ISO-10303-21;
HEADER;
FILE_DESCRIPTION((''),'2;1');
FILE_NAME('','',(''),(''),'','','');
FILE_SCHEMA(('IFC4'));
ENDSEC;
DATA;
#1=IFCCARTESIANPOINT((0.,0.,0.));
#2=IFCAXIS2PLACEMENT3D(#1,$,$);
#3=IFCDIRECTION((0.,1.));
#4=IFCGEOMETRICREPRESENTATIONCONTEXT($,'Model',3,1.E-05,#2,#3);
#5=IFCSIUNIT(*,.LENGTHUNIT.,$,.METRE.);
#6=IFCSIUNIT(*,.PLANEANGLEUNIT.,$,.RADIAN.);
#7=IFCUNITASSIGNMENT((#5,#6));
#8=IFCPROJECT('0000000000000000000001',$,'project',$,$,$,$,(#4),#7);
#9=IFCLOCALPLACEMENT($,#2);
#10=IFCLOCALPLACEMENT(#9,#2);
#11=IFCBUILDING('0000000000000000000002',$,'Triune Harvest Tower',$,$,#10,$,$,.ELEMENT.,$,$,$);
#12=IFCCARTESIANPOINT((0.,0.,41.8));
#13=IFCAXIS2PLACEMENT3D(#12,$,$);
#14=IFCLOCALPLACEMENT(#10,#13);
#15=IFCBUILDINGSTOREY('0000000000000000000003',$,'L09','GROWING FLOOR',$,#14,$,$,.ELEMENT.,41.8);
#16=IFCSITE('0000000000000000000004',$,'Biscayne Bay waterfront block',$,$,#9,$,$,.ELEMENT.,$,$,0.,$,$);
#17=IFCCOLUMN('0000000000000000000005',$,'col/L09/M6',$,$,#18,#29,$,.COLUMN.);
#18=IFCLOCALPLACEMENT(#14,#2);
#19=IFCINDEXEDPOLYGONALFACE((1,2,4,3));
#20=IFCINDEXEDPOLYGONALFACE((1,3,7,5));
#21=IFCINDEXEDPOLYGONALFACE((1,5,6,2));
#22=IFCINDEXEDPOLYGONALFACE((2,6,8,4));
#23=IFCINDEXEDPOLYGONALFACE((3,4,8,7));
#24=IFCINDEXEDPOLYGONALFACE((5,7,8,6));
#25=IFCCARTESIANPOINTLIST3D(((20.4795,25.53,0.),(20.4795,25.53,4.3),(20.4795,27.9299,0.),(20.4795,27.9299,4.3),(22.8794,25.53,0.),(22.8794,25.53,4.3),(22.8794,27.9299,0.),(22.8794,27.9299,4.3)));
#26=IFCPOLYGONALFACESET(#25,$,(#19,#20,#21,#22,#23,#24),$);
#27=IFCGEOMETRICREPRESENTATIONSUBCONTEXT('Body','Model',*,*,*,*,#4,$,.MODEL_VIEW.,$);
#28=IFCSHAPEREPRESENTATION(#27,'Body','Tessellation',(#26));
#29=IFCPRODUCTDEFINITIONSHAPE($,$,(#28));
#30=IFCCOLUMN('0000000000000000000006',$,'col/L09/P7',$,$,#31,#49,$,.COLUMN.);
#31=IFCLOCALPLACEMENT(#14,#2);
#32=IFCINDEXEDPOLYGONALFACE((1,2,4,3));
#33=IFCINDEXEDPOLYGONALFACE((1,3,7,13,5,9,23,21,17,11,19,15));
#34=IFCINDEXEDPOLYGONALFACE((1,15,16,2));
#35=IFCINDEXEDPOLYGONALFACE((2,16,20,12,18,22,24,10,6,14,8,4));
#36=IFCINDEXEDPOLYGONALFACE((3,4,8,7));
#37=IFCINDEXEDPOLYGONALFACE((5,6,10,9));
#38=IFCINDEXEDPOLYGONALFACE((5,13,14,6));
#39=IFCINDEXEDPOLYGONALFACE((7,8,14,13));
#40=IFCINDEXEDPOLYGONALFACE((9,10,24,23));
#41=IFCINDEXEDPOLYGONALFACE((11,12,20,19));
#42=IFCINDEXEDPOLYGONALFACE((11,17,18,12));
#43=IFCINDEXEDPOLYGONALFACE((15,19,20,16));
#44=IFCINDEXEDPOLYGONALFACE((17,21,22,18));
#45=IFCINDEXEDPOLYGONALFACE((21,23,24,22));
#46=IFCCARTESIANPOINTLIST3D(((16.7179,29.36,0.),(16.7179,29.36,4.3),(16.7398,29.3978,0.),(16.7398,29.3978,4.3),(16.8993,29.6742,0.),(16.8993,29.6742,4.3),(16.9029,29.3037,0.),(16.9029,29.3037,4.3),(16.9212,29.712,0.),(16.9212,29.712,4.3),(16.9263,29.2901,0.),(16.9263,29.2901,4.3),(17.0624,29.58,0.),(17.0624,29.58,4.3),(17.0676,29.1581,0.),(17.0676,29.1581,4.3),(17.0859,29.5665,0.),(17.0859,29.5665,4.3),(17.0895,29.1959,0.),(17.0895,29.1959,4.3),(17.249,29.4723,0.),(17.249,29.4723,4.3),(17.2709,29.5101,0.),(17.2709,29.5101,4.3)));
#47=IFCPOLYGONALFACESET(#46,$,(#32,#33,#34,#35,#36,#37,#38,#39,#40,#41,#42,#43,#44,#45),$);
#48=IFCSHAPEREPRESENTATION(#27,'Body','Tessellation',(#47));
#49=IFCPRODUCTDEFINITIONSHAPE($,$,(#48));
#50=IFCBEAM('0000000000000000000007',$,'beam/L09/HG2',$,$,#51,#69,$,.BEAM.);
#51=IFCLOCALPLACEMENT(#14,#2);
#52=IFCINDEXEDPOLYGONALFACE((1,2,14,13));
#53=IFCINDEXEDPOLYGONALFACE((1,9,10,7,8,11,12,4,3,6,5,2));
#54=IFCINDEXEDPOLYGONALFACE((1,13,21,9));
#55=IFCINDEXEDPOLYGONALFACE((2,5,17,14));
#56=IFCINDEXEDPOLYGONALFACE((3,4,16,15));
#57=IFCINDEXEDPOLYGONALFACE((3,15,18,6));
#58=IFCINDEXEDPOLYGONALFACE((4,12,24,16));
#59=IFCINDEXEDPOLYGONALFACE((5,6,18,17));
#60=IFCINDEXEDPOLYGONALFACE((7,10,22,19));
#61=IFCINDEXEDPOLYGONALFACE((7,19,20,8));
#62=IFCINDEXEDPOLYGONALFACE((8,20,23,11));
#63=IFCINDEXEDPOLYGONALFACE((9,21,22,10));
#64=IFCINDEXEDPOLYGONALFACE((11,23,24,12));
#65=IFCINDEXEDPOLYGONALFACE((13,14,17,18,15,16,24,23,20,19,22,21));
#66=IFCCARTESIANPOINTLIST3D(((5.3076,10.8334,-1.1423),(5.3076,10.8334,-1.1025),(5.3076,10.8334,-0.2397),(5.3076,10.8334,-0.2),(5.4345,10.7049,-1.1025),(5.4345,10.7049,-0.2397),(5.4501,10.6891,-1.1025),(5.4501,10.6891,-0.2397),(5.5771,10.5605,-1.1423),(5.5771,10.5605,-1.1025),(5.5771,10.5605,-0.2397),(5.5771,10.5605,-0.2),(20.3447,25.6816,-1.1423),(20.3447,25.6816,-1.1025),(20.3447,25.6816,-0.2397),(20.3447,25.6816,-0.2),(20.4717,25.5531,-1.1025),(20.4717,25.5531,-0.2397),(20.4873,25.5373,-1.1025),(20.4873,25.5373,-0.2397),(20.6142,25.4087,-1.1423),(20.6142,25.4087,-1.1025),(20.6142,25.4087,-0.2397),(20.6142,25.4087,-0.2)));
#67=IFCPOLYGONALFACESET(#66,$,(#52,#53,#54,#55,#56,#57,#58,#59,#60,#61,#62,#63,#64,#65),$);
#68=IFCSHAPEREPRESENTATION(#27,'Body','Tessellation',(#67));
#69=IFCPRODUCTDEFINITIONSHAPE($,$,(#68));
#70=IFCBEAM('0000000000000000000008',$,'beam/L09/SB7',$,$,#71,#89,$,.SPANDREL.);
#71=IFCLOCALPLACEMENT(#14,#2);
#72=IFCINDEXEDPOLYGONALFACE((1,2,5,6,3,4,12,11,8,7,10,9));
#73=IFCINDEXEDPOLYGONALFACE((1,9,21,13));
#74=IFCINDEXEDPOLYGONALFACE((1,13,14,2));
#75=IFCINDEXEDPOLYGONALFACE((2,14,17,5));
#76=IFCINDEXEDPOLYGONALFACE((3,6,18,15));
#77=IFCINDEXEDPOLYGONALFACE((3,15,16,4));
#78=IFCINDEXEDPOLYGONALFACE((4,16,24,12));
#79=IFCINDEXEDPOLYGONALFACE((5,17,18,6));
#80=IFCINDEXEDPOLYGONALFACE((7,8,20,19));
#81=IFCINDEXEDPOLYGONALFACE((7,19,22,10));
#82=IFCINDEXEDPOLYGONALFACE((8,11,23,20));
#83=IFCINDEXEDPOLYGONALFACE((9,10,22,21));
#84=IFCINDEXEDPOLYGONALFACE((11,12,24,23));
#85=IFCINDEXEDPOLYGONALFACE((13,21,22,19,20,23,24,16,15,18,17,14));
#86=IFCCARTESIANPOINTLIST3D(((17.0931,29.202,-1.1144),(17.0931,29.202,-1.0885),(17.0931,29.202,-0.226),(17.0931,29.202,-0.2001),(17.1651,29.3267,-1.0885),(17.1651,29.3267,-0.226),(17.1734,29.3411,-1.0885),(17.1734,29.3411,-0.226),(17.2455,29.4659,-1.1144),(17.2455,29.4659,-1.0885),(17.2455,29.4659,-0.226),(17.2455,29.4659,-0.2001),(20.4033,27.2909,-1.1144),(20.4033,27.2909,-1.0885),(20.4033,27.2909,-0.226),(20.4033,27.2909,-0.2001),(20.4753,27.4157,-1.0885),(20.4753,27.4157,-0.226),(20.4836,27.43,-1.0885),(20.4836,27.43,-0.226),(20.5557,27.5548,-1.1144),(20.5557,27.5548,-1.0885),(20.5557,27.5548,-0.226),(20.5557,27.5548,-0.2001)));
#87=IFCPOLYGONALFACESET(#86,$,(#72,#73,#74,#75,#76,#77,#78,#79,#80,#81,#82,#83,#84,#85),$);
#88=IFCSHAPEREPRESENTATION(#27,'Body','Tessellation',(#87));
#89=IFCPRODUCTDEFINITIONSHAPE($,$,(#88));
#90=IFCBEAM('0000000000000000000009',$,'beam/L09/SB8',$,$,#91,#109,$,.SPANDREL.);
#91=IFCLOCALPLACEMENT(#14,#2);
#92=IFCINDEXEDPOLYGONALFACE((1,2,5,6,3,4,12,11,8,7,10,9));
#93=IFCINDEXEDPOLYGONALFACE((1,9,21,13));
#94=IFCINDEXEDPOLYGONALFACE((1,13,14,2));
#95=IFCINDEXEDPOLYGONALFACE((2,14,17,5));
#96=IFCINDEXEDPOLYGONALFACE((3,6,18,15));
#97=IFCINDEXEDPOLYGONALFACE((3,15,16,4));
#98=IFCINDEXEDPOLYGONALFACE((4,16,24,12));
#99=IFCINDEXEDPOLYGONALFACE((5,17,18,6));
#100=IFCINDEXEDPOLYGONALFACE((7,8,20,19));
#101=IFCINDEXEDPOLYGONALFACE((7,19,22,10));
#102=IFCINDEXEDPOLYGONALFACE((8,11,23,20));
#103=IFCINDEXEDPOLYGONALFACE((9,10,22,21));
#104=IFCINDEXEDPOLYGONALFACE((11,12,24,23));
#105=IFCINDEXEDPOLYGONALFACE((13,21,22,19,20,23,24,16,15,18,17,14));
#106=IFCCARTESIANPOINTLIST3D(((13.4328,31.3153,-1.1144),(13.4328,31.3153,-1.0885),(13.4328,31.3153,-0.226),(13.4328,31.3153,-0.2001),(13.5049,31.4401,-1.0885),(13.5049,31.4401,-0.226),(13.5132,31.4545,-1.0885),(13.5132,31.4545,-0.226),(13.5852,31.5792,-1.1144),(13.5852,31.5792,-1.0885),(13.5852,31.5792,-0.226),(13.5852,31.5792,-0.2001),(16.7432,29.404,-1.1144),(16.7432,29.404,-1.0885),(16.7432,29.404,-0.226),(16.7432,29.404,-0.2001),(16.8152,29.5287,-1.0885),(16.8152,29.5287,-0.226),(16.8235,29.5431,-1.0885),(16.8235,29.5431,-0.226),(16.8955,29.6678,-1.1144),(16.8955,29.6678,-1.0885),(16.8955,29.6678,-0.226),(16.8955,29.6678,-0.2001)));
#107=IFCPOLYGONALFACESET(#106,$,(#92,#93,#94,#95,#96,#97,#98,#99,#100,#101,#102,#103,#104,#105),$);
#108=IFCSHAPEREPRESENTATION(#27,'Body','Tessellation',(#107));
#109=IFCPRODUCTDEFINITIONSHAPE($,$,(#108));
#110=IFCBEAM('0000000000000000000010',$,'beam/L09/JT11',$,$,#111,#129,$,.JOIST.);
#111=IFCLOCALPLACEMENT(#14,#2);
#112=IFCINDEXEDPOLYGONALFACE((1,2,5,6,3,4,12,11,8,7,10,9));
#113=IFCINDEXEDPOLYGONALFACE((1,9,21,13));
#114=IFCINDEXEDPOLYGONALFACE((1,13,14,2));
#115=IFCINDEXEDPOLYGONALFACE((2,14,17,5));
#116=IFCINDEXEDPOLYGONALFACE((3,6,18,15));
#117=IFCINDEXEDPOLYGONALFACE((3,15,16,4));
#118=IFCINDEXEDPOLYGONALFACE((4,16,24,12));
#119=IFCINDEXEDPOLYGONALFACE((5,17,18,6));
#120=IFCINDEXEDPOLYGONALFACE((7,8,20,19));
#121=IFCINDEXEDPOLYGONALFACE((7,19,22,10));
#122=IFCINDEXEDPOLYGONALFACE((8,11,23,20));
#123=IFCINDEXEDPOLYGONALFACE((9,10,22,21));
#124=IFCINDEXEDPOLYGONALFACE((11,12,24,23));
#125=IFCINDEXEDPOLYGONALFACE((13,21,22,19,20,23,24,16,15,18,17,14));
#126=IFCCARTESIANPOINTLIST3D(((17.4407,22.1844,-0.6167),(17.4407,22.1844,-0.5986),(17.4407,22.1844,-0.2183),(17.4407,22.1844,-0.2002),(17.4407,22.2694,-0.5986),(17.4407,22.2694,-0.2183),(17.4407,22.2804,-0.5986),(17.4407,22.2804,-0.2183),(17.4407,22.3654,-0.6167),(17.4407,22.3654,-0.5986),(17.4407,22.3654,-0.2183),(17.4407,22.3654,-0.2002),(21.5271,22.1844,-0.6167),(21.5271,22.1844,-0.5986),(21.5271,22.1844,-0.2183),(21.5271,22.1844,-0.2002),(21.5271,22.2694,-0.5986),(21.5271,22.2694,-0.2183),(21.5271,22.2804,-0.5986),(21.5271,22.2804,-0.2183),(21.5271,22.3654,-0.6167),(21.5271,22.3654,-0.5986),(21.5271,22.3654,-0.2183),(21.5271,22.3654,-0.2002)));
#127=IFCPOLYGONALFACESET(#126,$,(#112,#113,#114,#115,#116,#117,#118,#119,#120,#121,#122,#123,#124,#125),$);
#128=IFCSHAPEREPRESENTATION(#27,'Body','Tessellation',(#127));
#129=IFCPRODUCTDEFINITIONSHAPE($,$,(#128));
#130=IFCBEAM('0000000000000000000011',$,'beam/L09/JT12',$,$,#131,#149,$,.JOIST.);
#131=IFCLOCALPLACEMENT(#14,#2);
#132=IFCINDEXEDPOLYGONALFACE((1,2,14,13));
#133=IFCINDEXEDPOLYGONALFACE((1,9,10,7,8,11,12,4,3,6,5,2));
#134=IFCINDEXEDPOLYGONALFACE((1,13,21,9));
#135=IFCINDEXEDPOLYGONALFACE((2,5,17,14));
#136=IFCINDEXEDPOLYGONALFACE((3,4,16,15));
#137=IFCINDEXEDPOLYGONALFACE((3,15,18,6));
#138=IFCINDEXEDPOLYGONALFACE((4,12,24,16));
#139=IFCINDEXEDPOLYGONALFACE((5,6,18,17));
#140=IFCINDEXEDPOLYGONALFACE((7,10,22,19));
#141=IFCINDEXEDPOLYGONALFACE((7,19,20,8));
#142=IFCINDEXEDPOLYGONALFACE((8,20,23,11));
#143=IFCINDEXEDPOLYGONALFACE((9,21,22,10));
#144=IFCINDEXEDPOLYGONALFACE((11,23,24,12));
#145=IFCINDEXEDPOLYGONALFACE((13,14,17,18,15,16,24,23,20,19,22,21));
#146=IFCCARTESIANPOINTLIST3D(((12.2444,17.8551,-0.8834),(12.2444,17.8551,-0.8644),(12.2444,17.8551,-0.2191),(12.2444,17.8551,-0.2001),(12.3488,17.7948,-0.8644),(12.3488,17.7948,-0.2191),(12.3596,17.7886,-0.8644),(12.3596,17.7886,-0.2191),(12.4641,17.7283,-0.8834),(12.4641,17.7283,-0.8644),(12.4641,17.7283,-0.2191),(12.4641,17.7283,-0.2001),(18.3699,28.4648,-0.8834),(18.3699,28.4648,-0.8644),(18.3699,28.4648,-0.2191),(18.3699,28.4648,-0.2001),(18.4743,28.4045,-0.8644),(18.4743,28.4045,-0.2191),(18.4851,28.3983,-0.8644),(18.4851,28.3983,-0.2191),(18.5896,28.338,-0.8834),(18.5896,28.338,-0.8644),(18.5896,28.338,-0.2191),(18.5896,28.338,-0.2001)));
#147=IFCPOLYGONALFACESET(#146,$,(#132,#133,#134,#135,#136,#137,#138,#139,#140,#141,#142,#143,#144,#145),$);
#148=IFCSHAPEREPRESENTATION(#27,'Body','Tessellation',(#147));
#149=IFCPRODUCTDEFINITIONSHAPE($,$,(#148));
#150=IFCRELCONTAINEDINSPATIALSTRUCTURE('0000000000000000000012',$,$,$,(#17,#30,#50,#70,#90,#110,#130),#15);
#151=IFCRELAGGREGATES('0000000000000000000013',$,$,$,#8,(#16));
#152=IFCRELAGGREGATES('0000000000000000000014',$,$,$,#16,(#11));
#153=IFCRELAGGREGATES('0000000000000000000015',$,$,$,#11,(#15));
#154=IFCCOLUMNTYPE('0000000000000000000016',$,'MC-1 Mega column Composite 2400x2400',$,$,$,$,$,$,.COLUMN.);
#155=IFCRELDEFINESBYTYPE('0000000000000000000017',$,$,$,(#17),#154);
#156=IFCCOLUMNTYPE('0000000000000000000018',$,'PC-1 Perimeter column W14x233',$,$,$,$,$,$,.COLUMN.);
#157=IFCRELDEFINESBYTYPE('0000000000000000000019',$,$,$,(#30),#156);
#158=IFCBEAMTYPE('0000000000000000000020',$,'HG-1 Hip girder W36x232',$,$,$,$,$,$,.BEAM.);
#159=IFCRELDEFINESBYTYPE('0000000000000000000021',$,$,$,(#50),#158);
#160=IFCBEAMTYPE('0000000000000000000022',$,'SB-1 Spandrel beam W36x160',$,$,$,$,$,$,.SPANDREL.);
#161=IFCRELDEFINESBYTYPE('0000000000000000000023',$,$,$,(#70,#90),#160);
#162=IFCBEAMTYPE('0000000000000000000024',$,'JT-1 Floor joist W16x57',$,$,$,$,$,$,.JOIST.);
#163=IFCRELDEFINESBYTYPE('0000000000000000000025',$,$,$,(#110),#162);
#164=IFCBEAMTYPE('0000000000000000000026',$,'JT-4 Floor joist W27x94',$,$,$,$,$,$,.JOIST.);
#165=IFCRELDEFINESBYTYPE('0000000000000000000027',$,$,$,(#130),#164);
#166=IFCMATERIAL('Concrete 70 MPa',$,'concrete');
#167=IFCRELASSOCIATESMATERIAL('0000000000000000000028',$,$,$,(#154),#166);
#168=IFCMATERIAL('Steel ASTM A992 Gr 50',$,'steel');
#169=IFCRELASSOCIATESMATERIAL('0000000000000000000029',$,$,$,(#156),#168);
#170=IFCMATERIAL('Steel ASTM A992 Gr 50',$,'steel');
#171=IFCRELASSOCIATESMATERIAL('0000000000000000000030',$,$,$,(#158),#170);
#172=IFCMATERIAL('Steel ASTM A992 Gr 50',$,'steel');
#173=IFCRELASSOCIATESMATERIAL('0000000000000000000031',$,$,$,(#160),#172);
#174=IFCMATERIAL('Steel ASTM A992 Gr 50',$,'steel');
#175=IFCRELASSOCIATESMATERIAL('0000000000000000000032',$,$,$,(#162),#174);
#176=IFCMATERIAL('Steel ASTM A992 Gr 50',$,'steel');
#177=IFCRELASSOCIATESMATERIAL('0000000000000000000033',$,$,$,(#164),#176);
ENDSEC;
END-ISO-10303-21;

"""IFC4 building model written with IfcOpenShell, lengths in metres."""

from ifc_helpers import new_model, si_unit, direction, frame, origin, origin_2d, place, context, subcontext, project, spatial, rectangle, i_section, extrude, source, transform, mapped, material, material_profile, profile_set, type_object, element, save


model = new_model("IFC4")

# Units and contexts
model_context = context("Model", 3, precision=1e-05, world=origin(), true_north=direction((0.0, 1.0)))
body_context = subcontext(model_context, "Body", "Model", "MODEL_VIEW")
ifc_project = project(units=[si_unit("LENGTHUNIT", "METRE"), si_unit("PLANEANGLEUNIT", "RADIAN")], contexts=[model_context])

# Site, building, storey
site_placement = place(None, origin())
site = spatial("IfcSite", under=ifc_project, at=site_placement, Name="Biscayne Bay waterfront block", CompositionType="ELEMENT", RefElevation=0.0)
building_placement = place(site_placement, origin())
building = spatial("IfcBuilding", under=site, at=building_placement, Name="Triune Harvest Tower", CompositionType="ELEMENT")
storey_placement = place(building_placement, frame((0.0, 0.0, 41.8)))
storey = spatial("IfcBuildingStorey", under=building, at=storey_placement, Name="L09", Description="GROWING FLOOR", CompositionType="ELEMENT", Elevation=41.8)

# Columns
ifc_material_1 = material(Name="Concrete 70 MPa", Category="concrete")
ifc_material_profile_1 = material_profile(ifc_material_1, rectangle(XDim=2.3999, YDim=2.3999, at=origin_2d()), Name="Composite 2400x2400")
ifc_profile_set_1 = profile_set([ifc_material_profile_1], Name="Concrete 70 MPa")
column_type_1 = type_object("IfcColumnType", Name="MC-1 Mega column Composite 2400x2400", PredefinedType="COLUMN", material=ifc_profile_set_1)
shared_shape_1 = source(origin(), body_context, "Body", "SweptSolid", [
    extrude(rectangle(XDim=2.3999, YDim=2.3999, at=origin_2d()), origin(), (0.0, 0.0, 1.0), 4.3),
])
column_1_placement = place(storey_placement, frame((21.6794, 26.73, 0.0), z_axis=(0.0, 0.0, 1.0), x_axis=(0.0, 1.0, 0.0)))
element("IfcColumn", 1, at=column_1_placement, inside=storey, type_object=column_type_1, Name="col/L09/M6", PredefinedType="COLUMN", context=body_context, shape_type="MappedRepresentation", body=[
    mapped(shared_shape_1, transform((0.0, 0.0, 0.0), scale=1.0)),
])
ifc_material_2 = material(Name="Steel ASTM A992 Gr 50", Category="steel")
ifc_material_profile_2 = material_profile(ifc_material_2, i_section(OverallWidth=0.4038, OverallDepth=0.4065, WebThickness=0.0271, FlangeThickness=0.0437, at=origin_2d()), Name="W14x233")
ifc_profile_set_2 = profile_set([ifc_material_profile_2], Name="Steel ASTM A992 Gr 50")
column_type_2 = type_object("IfcColumnType", Name="PC-1 Perimeter column W14x233", PredefinedType="COLUMN", material=ifc_profile_set_2)
shared_shape_2 = source(origin(), body_context, "Body", "SweptSolid", [
    extrude(i_section(OverallWidth=0.4038, OverallDepth=0.4065, WebThickness=0.0271, FlangeThickness=0.0437, at=origin_2d()), origin(), (0.0, 0.0, 1.0), 4.3),
])
column_2_placement = place(storey_placement, frame((16.9944, 29.4351, 0.0), z_axis=(0.0, 0.0, 1.0), x_axis=(-0.866026, 0.499998, 0.0)))
element("IfcColumn", 2, at=column_2_placement, inside=storey, type_object=column_type_2, Name="col/L09/P7", PredefinedType="COLUMN", context=body_context, shape_type="MappedRepresentation", body=[
    mapped(shared_shape_2, transform((0.0, 0.0, 0.0), scale=1.0)),
])

# Beams
ifc_material_3 = material(Name="Steel ASTM A992 Gr 50", Category="steel")
ifc_material_profile_3 = material_profile(ifc_material_3, i_section(OverallWidth=0.3835, OverallDepth=0.9424, WebThickness=0.0222, FlangeThickness=0.0398, at=origin_2d()), Name="W36x232")
ifc_profile_set_3 = profile_set([ifc_material_profile_3], Name="Steel ASTM A992 Gr 50")
beam_type_1 = type_object("IfcBeamType", Name="HG-1 Hip girder W36x232", PredefinedType="BEAM", material=ifc_profile_set_3)
shared_shape_3 = source(origin(), body_context, "Body", "SweptSolid", [
    extrude(i_section(OverallWidth=0.3835, OverallDepth=0.9424, WebThickness=0.0222, FlangeThickness=0.0398, at=origin_2d()), origin(), (0.0, 0.0, 1.0), 21.1326),
])
beam_1_placement = place(storey_placement, frame((20.4795, 25.5452, -0.6711), z_axis=(-0.711564, -0.702622, 0.0), x_axis=(0.702622, -0.711564, 0.0)))
element("IfcBeam", 3, at=beam_1_placement, inside=storey, type_object=beam_type_1, Name="beam/L09/HG2", PredefinedType="BEAM", context=body_context, shape_type="MappedRepresentation", body=[
    mapped(shared_shape_3, transform((0.0, 0.0, 0.0), scale=1.0)),
])
ifc_material_4 = material(Name="Steel ASTM A992 Gr 50", Category="steel")
ifc_material_profile_4 = material_profile(ifc_material_4, i_section(OverallWidth=0.3047, OverallDepth=0.9143, WebThickness=0.0166, FlangeThickness=0.0259, at=origin_2d()), Name="W36x160")
ifc_profile_set_4 = profile_set([ifc_material_profile_4], Name="Steel ASTM A992 Gr 50")
beam_type_2 = type_object("IfcBeamType", Name="SB-1 Spandrel beam W36x160", PredefinedType="SPANDREL", material=ifc_profile_set_4)
shared_shape_4 = source(origin(), body_context, "Body", "SweptSolid", [
    extrude(i_section(OverallWidth=0.3047, OverallDepth=0.9143, WebThickness=0.0166, FlangeThickness=0.0259, at=origin_2d()), origin(), (0.0, 0.0, 1.0), 3.8223),
])
beam_2_placement = place(storey_placement, frame((20.4795, 27.4229, -0.6572), z_axis=(-0.866033, 0.499986, 0.0), x_axis=(-0.499986, -0.866033, 0.0)))
element("IfcBeam", 4, at=beam_2_placement, inside=storey, type_object=beam_type_2, Name="beam/L09/SB7", PredefinedType="SPANDREL", context=body_context, shape_type="MappedRepresentation", body=[
    mapped(shared_shape_4, transform((0.0, 0.0, 0.0), scale=1.0)),
])
shared_shape_5 = source(origin(), body_context, "Body", "SweptSolid", [
    extrude(i_section(OverallWidth=0.3047, OverallDepth=0.9143, WebThickness=0.0166, FlangeThickness=0.0259, at=origin_2d()), origin(), (0.0, 0.0, 1.0), 3.8225),
])
beam_3_placement = place(storey_placement, frame((16.8193, 29.5359, -0.6572), z_axis=(-0.866006, 0.500034, 0.0), x_axis=(-0.500034, -0.866006, 0.0)))
element("IfcBeam", 5, at=beam_3_placement, inside=storey, type_object=beam_type_2, Name="beam/L09/SB8", PredefinedType="SPANDREL", context=body_context, shape_type="MappedRepresentation", body=[
    mapped(shared_shape_5, transform((0.0, 0.0, 0.0), scale=1.0)),
])
ifc_material_5 = material(Name="Steel ASTM A992 Gr 50", Category="steel")
ifc_material_profile_5 = material_profile(ifc_material_5, i_section(OverallWidth=0.1809, OverallDepth=0.4165, WebThickness=0.011, FlangeThickness=0.0181, at=origin_2d()), Name="W16x57")
ifc_profile_set_5 = profile_set([ifc_material_profile_5], Name="Steel ASTM A992 Gr 50")
beam_type_3 = type_object("IfcBeamType", Name="JT-1 Floor joist W16x57", PredefinedType="JOIST", material=ifc_profile_set_5)
shared_shape_6 = source(origin(), body_context, "Body", "SweptSolid", [
    extrude(i_section(OverallWidth=0.1809, OverallDepth=0.4165, WebThickness=0.011, FlangeThickness=0.0181, at=origin_2d()), origin(), (0.0, 0.0, 1.0), 4.0864),
])
beam_4_placement = place(storey_placement, frame((21.5271, 22.2749, -0.4084), z_axis=(-1.0, 0.0, 0.0), x_axis=(0.0, -1.0, 0.0)))
element("IfcBeam", 6, at=beam_4_placement, inside=storey, type_object=beam_type_3, Name="beam/L09/JT11", PredefinedType="JOIST", context=body_context, shape_type="MappedRepresentation", body=[
    mapped(shared_shape_6, transform((0.0, 0.0, 0.0), scale=1.0)),
])
ifc_material_6 = material(Name="Steel ASTM A992 Gr 50", Category="steel")
ifc_material_profile_6 = material_profile(ifc_material_6, i_section(OverallWidth=0.2537, OverallDepth=0.6833, WebThickness=0.0125, FlangeThickness=0.019, at=origin_2d()), Name="W27x94")
ifc_profile_set_6 = profile_set([ifc_material_profile_6], Name="Steel ASTM A992 Gr 50")
beam_type_4 = type_object("IfcBeamType", Name="JT-4 Floor joist W27x94", PredefinedType="JOIST", material=ifc_profile_set_6)
shared_shape_7 = source(origin(), body_context, "Body", "SweptSolid", [
    extrude(i_section(OverallWidth=0.2537, OverallDepth=0.6833, WebThickness=0.0125, FlangeThickness=0.019, at=origin_2d()), origin(), (0.0, 0.0, 1.0), 12.251),
])
beam_5_placement = place(storey_placement, frame((18.4797, 28.4014, -0.5417), z_axis=(-0.500001, -0.866025, 0.0), x_axis=(0.866025, -0.500001, 0.0)))
element("IfcBeam", 7, at=beam_5_placement, inside=storey, type_object=beam_type_4, Name="beam/L09/JT12", PredefinedType="JOIST", context=body_context, shape_type="MappedRepresentation", body=[
    mapped(shared_shape_7, transform((0.0, 0.0, 0.0), scale=1.0)),
])

save(model, "model.ifc")
